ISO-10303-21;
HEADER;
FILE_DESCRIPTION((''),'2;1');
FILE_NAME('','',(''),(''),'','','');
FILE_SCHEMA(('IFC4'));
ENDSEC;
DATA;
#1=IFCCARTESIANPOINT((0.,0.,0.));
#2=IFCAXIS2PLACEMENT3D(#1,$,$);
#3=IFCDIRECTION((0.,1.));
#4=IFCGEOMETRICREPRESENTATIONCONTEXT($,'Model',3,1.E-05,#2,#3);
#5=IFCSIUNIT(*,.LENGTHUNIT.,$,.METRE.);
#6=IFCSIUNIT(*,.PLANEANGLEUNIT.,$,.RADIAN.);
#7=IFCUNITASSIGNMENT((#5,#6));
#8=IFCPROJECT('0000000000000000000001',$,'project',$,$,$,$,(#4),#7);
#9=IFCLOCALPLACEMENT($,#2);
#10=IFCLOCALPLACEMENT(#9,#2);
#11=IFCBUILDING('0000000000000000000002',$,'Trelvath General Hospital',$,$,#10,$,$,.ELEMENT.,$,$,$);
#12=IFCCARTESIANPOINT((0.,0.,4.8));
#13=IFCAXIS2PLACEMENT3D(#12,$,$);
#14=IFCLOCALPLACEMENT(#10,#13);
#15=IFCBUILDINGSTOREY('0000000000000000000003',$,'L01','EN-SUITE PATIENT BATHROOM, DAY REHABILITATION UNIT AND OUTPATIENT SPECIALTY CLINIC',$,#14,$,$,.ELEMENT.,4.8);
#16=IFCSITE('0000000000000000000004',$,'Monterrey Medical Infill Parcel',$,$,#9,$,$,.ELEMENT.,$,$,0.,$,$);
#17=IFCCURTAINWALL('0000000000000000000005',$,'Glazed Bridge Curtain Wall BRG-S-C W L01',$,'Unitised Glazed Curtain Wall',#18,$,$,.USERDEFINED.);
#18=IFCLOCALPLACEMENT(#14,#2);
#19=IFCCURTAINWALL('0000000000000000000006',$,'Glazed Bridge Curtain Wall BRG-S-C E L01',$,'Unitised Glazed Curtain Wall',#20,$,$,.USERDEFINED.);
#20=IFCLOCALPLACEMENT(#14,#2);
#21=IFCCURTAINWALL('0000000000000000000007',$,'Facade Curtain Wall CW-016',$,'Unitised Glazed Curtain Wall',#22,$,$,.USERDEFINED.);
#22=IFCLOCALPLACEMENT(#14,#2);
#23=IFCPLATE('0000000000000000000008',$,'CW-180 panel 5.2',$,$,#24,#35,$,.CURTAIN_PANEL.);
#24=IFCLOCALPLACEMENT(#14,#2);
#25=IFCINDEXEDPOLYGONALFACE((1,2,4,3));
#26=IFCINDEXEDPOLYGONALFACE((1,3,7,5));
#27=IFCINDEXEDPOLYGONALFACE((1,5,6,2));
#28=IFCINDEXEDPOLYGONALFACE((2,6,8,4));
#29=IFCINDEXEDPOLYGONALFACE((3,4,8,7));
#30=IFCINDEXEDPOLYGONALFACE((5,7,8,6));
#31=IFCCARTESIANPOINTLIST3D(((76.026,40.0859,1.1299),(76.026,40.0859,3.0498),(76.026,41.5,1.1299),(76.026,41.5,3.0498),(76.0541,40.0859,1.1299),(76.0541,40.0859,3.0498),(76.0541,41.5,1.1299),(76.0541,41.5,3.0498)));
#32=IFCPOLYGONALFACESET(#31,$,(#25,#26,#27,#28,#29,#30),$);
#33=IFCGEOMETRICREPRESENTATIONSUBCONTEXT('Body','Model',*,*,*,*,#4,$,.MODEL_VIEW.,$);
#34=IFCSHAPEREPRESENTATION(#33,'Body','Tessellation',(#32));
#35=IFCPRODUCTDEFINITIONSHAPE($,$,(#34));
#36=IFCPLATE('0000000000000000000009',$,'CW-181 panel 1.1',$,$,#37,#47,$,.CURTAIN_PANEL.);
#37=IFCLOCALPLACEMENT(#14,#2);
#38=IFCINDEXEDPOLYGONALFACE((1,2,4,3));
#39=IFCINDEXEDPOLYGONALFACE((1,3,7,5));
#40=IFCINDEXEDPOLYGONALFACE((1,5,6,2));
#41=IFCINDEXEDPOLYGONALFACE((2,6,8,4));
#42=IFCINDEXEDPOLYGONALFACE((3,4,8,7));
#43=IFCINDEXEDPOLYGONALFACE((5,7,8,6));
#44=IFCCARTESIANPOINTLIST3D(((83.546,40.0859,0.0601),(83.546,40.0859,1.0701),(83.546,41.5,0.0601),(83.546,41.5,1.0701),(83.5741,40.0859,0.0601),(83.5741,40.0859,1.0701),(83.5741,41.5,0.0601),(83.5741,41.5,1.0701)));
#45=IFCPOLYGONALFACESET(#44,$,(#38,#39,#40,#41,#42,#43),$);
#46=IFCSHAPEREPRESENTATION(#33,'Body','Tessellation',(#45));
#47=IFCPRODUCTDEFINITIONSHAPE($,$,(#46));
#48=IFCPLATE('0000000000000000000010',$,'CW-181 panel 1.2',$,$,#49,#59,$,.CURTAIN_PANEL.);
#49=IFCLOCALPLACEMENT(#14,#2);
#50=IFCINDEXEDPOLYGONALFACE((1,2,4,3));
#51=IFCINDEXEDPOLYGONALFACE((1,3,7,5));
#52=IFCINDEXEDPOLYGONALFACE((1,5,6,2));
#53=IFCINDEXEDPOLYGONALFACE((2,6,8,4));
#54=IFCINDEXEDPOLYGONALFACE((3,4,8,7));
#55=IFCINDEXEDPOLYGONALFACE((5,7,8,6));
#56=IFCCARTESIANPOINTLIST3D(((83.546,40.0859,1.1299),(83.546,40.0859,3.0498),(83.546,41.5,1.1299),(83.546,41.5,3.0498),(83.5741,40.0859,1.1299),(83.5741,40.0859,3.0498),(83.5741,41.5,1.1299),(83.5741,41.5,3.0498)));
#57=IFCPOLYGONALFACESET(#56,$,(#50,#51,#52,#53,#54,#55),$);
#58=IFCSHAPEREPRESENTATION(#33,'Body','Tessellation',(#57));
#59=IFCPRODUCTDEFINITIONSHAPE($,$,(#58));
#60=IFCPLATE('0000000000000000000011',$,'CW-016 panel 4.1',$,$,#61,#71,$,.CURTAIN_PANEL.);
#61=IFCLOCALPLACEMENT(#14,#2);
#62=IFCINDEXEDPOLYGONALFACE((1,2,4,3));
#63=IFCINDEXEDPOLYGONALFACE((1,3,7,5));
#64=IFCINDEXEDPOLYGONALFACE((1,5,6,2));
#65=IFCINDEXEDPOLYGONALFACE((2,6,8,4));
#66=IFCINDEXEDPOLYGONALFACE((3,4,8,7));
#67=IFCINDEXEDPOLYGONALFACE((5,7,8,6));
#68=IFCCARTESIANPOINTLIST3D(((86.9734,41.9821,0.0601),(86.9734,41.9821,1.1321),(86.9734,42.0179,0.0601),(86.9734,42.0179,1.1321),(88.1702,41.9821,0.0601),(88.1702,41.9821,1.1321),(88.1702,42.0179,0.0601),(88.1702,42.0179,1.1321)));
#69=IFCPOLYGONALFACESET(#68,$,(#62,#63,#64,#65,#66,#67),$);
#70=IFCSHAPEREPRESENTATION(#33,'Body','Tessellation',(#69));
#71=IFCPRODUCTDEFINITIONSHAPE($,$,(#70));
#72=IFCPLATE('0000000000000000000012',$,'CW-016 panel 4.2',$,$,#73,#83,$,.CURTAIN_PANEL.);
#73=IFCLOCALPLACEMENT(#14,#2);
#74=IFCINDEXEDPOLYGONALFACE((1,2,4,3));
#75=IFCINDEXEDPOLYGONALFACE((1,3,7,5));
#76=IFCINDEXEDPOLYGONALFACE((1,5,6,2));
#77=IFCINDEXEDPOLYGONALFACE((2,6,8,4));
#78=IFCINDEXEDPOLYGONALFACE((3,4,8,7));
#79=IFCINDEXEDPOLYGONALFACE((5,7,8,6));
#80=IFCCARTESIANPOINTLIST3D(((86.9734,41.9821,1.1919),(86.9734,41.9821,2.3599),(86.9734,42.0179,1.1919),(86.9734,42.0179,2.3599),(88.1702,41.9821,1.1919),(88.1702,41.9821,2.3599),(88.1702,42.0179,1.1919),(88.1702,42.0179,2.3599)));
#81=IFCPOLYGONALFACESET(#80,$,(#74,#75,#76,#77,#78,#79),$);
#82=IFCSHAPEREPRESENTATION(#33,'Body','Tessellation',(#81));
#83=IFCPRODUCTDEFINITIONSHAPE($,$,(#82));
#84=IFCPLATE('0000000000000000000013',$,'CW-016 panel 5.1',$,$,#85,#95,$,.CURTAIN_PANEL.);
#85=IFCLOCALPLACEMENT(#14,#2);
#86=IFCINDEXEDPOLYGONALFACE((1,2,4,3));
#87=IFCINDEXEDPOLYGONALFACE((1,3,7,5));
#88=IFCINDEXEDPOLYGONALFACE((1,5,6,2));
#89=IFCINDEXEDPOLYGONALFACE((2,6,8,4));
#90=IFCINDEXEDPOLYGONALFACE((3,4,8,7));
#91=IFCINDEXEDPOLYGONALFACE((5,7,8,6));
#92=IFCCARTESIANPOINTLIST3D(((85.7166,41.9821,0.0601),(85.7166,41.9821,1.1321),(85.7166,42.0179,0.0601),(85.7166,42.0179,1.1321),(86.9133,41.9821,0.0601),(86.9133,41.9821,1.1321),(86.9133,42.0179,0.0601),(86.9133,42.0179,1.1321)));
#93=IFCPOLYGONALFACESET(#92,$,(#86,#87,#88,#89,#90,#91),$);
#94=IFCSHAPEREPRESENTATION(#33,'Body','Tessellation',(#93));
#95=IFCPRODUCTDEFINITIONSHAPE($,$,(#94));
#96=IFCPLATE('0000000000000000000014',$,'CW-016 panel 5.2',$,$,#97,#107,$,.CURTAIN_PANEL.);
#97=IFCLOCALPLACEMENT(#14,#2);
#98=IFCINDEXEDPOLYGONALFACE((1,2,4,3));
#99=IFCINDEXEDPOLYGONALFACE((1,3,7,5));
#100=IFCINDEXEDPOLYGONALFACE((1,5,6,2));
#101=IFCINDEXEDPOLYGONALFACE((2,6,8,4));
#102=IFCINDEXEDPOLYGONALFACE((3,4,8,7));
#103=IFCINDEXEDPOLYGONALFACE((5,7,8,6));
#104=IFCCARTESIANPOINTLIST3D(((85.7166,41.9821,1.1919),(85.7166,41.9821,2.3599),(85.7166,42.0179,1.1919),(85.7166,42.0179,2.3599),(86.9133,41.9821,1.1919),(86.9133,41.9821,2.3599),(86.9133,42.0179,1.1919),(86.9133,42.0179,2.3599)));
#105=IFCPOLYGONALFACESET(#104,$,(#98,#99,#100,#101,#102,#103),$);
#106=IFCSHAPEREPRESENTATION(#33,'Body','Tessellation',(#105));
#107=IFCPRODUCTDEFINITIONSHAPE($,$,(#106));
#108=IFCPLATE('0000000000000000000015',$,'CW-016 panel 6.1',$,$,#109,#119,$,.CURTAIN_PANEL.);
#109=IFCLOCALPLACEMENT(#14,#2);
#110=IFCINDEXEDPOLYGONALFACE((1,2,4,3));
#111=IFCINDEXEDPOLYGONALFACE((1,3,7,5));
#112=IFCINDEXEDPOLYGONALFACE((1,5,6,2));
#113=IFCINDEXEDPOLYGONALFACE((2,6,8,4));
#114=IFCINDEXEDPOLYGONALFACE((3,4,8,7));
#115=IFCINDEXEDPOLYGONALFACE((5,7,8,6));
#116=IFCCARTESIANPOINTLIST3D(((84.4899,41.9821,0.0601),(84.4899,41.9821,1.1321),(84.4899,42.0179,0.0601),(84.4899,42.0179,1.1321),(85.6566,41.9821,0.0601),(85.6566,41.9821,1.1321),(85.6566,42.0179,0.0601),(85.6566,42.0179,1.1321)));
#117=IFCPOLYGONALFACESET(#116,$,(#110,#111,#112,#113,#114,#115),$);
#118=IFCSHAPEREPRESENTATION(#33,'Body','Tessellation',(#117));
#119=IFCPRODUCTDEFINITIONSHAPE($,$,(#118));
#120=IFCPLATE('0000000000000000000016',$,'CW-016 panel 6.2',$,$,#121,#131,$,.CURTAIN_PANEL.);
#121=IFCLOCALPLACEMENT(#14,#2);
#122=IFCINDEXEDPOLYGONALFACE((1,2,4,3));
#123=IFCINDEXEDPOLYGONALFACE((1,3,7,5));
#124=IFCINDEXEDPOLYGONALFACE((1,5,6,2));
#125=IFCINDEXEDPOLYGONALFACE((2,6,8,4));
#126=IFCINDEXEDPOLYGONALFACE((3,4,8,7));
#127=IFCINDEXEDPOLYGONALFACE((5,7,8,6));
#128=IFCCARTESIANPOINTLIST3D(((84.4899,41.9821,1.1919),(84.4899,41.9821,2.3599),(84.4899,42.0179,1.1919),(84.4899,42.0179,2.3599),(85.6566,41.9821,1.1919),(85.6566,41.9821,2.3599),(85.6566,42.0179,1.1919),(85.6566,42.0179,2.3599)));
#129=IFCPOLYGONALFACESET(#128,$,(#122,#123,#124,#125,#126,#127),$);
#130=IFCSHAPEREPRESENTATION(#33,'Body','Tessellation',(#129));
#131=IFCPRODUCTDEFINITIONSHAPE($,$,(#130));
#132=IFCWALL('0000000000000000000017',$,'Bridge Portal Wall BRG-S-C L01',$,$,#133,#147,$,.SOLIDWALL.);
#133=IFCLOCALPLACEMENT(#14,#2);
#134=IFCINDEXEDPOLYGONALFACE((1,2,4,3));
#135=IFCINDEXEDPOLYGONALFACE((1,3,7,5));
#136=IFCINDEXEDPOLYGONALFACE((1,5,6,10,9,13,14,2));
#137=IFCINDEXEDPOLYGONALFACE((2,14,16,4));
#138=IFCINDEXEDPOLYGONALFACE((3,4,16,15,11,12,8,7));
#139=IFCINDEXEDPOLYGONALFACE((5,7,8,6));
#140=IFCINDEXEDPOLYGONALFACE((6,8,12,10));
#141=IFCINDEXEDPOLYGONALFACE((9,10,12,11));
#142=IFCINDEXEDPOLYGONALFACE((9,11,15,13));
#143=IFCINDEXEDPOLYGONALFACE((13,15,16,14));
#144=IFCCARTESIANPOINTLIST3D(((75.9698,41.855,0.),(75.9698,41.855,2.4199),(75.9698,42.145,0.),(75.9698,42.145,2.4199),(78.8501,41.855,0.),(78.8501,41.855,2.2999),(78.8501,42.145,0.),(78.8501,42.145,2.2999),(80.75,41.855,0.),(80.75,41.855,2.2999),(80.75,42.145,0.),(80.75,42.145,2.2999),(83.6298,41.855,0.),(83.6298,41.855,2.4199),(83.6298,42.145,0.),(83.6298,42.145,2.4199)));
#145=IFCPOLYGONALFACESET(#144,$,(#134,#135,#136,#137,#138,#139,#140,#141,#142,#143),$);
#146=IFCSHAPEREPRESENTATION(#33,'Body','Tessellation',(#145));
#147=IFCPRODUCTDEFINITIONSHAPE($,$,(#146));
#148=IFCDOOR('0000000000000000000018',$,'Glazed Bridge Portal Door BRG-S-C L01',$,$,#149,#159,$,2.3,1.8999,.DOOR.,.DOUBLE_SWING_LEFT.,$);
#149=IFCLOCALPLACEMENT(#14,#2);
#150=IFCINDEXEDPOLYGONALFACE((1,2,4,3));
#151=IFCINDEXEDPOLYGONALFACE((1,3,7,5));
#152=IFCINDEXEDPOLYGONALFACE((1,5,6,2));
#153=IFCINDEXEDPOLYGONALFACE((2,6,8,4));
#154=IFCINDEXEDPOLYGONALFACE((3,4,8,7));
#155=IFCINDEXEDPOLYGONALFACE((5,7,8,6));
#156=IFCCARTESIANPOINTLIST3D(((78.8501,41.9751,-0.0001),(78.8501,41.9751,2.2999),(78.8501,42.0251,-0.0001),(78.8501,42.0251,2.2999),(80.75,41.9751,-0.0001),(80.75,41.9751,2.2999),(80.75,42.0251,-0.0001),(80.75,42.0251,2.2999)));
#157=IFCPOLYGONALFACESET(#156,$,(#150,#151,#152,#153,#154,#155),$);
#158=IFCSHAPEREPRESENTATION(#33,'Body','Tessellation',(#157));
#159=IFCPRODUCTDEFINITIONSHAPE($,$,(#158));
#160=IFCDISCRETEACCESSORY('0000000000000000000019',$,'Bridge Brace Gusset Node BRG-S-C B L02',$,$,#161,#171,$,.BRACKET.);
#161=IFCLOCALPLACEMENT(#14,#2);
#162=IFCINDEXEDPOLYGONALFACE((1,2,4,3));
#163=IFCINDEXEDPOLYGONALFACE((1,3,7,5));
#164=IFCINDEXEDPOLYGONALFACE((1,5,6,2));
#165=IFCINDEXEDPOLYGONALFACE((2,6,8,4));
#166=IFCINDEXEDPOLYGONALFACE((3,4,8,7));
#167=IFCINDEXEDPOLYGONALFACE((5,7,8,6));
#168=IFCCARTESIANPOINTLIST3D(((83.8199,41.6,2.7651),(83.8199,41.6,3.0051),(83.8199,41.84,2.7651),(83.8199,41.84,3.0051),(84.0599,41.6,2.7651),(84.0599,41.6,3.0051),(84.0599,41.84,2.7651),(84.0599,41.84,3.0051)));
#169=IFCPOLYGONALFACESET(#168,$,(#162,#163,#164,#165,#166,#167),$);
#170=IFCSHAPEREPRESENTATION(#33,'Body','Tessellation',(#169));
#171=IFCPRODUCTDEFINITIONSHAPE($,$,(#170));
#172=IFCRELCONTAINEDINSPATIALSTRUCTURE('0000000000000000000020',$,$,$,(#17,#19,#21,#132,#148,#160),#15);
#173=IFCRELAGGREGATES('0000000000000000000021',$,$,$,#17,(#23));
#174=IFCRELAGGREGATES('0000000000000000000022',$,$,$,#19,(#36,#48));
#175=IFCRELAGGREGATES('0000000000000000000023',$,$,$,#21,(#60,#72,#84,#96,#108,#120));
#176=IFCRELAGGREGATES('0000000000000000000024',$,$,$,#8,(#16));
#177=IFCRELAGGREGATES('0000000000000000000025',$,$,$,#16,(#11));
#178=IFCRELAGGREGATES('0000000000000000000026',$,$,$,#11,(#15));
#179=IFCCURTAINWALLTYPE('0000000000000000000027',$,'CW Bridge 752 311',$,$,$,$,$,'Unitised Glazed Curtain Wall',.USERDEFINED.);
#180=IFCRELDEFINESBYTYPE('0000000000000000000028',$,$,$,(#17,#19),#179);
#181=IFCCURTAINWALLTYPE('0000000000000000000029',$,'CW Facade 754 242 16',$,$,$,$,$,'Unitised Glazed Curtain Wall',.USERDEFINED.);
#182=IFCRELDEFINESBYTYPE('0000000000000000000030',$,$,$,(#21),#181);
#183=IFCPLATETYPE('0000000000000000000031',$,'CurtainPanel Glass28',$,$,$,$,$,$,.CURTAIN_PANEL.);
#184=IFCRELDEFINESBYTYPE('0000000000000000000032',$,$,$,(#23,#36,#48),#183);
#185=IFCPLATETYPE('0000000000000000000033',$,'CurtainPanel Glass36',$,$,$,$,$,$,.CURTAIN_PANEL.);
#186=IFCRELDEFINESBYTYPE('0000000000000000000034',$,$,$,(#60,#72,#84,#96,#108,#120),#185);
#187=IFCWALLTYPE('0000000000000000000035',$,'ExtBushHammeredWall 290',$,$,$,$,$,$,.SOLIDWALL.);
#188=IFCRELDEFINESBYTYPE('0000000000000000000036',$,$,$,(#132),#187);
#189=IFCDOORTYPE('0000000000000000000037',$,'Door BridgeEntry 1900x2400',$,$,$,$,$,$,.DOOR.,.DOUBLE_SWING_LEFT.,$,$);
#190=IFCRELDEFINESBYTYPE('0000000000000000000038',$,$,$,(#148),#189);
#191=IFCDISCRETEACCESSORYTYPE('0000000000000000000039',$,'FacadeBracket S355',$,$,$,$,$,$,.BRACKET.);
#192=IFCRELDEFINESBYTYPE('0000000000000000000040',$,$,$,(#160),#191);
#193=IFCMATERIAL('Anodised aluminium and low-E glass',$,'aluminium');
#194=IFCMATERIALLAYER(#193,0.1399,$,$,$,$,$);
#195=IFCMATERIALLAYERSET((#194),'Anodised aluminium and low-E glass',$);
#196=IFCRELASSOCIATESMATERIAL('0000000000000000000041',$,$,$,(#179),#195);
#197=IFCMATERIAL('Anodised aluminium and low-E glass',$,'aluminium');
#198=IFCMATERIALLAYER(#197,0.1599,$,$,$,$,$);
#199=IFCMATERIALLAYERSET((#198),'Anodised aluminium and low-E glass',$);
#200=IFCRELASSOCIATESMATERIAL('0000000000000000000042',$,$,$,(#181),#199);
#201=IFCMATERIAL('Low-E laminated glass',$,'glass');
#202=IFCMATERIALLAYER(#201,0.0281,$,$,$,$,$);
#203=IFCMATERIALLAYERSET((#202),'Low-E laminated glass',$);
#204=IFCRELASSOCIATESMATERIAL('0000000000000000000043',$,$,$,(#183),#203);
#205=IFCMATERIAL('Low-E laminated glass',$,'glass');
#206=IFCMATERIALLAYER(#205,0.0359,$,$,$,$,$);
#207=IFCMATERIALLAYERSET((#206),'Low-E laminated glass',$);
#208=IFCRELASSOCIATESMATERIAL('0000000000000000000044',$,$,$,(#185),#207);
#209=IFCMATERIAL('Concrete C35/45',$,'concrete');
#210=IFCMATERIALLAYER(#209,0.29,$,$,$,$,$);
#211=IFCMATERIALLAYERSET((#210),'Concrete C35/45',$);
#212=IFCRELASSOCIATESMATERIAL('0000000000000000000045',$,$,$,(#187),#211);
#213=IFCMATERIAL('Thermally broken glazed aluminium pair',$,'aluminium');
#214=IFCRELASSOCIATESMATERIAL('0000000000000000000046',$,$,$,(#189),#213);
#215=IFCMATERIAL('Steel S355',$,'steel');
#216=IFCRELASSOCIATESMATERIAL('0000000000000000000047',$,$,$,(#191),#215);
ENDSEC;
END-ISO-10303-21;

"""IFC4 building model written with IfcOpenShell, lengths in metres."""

from ifc_helpers import new_model, si_unit, direction, frame, frame_2d, origin, origin_2d, place, context, subcontext, project, spatial, rectangle, extrude, material, layer, layer_set, type_object, element, fill, aggregate, save


model = new_model("IFC4")

# Units and contexts
model_context = context("Model", 3, precision=1e-05, world=origin(), true_north=direction((0.0, 1.0)))
body_context = subcontext(model_context, "Body", "Model", "MODEL_VIEW")
ifc_project = project(units=[si_unit("LENGTHUNIT", "METRE"), si_unit("PLANEANGLEUNIT", "RADIAN")], contexts=[model_context])

# Site, building, storey
site_placement = place(None, origin())
site = spatial("IfcSite", under=ifc_project, at=site_placement, Name="Monterrey Medical Infill Parcel", CompositionType="ELEMENT", RefElevation=0.0)
building_placement = place(site_placement, origin())
building = spatial("IfcBuilding", under=site, at=building_placement, Name="Trelvath General Hospital", CompositionType="ELEMENT")
storey_placement = place(building_placement, frame((0.0, 0.0, 4.8)))
storey = spatial("IfcBuildingStorey", under=building, at=storey_placement, Name="L01", Description="EN-SUITE PATIENT BATHROOM, DAY REHABILITATION UNIT AND OUTPATIENT SPECIALTY CLINIC", CompositionType="ELEMENT", Elevation=4.8)

# Curtain walls
ifc_material_1 = material(Name="Anodised aluminium and low-E glass", Category="aluminium")
ifc_layer_1 = layer(ifc_material_1, 0.1399)
ifc_layer_set_1 = layer_set([ifc_layer_1], Name="Anodised aluminium and low-E glass")
curtain_wall_type_1 = type_object("IfcCurtainWallType", Name="CW Bridge 752 311", ElementType="Unitised Glazed Curtain Wall", PredefinedType="USERDEFINED", material=ifc_layer_set_1)
curtain_wall_1_placement = place(storey_placement, origin())
curtain_wall_1 = element("IfcCurtainWall", 1, at=curtain_wall_1_placement, inside=storey, type_object=curtain_wall_type_1, Name="Glazed Bridge Curtain Wall BRG-S-C W L01", ObjectType="Unitised Glazed Curtain Wall", PredefinedType="USERDEFINED")
curtain_wall_2_placement = place(storey_placement, origin())
curtain_wall_2 = element("IfcCurtainWall", 2, at=curtain_wall_2_placement, inside=storey, type_object=curtain_wall_type_1, Name="Glazed Bridge Curtain Wall BRG-S-C E L01", ObjectType="Unitised Glazed Curtain Wall", PredefinedType="USERDEFINED")

# Curtain wall
ifc_material_2 = material(Name="Anodised aluminium and low-E glass", Category="aluminium")
ifc_layer_2 = layer(ifc_material_2, 0.1599)
ifc_layer_set_2 = layer_set([ifc_layer_2], Name="Anodised aluminium and low-E glass")
curtain_wall_type_2 = type_object("IfcCurtainWallType", Name="CW Facade 754 242 16", ElementType="Unitised Glazed Curtain Wall", PredefinedType="USERDEFINED", material=ifc_layer_set_2)
curtain_wall_3_placement = place(storey_placement, origin())
curtain_wall_3 = element("IfcCurtainWall", 3, at=curtain_wall_3_placement, inside=storey, type_object=curtain_wall_type_2, Name="Facade Curtain Wall CW-016", ObjectType="Unitised Glazed Curtain Wall", PredefinedType="USERDEFINED")

# Plates
ifc_material_3 = material(Name="Low-E laminated glass", Category="glass")
ifc_layer_3 = layer(ifc_material_3, 0.0281)
ifc_layer_set_3 = layer_set([ifc_layer_3], Name="Low-E laminated glass")
plate_type_1 = type_object("IfcPlateType", Name="CurtainPanel Glass28", PredefinedType="CURTAIN_PANEL", material=ifc_layer_set_3)
plate_1_placement = place(storey_placement, frame((76.04, 40.793, 1.1299), z_axis=(0.0, 0.0, 1.0), x_axis=(0.0, 1.0, 0.0)))
plate_1 = element("IfcPlate", 4, at=plate_1_placement, type_object=plate_type_1, Name="CW-180 panel 5.2", PredefinedType="CURTAIN_PANEL", context=body_context, shape_type="SweptSolid", body=[
    extrude(rectangle(XDim=1.4141, YDim=0.0281, at=origin_2d()), origin(), (0.0, 0.0, 1.0), 1.9199),
])
aggregate(curtain_wall_1, [plate_1])
plate_2_placement = place(storey_placement, frame((83.5601, 40.793, 0.0601), z_axis=(0.0, 0.0, 1.0), x_axis=(0.0, -1.0, 0.0)))
plate_2 = element("IfcPlate", 5, at=plate_2_placement, type_object=plate_type_1, Name="CW-181 panel 1.1", PredefinedType="CURTAIN_PANEL", context=body_context, shape_type="SweptSolid", body=[
    extrude(rectangle(XDim=1.4141, YDim=0.0281, at=origin_2d()), origin(), (0.0, 0.0, 1.0), 1.01),
])
plate_3_placement = place(storey_placement, frame((83.5601, 40.793, 1.1299), z_axis=(0.0, 0.0, 1.0), x_axis=(0.0, -1.0, 0.0)))
plate_3 = element("IfcPlate", 6, at=plate_3_placement, type_object=plate_type_1, Name="CW-181 panel 1.2", PredefinedType="CURTAIN_PANEL", context=body_context, shape_type="SweptSolid", body=[
    extrude(rectangle(XDim=1.4141, YDim=0.0281, at=origin_2d()), origin(), (0.0, 0.0, 1.0), 1.9199),
])
aggregate(curtain_wall_2, [plate_2, plate_3])
ifc_material_4 = material(Name="Low-E laminated glass", Category="glass")
ifc_layer_4 = layer(ifc_material_4, 0.0359)
ifc_layer_set_4 = layer_set([ifc_layer_4], Name="Low-E laminated glass")
plate_type_2 = type_object("IfcPlateType", Name="CurtainPanel Glass36", PredefinedType="CURTAIN_PANEL", material=ifc_layer_set_4)
plate_4_placement = place(storey_placement, frame((87.5718, 42.0, 0.0601), z_axis=(0.0, 0.0, 1.0), x_axis=(-1.0, 0.0, 0.0)))
plate_4 = element("IfcPlate", 7, at=plate_4_placement, type_object=plate_type_2, Name="CW-016 panel 4.1", PredefinedType="CURTAIN_PANEL", context=body_context, shape_type="SweptSolid", body=[
    extrude(rectangle(XDim=1.1968, YDim=0.0359, at=origin_2d()), origin(), (0.0, 0.0, 1.0), 1.072),
])
plate_5_placement = place(storey_placement, frame((87.5718, 42.0, 1.1919), z_axis=(0.0, 0.0, 1.0), x_axis=(-1.0, 0.0, 0.0)))
plate_5 = element("IfcPlate", 8, at=plate_5_placement, type_object=plate_type_2, Name="CW-016 panel 4.2", PredefinedType="CURTAIN_PANEL", context=body_context, shape_type="SweptSolid", body=[
    extrude(rectangle(XDim=1.1968, YDim=0.0359, at=origin_2d()), origin(), (0.0, 0.0, 1.0), 1.168),
])
plate_6_placement = place(storey_placement, frame((86.3149, 42.0, 0.0601), z_axis=(0.0, 0.0, 1.0), x_axis=(-1.0, 0.0, 0.0)))
plate_6 = element("IfcPlate", 9, at=plate_6_placement, type_object=plate_type_2, Name="CW-016 panel 5.1", PredefinedType="CURTAIN_PANEL", context=body_context, shape_type="SweptSolid", body=[
    extrude(rectangle(XDim=1.1968, YDim=0.0359, at=origin_2d()), origin(), (0.0, 0.0, 1.0), 1.072),
])
plate_7_placement = place(storey_placement, frame((86.3149, 42.0, 1.1919), z_axis=(0.0, 0.0, 1.0), x_axis=(-1.0, 0.0, 0.0)))
plate_7 = element("IfcPlate", 10, at=plate_7_placement, type_object=plate_type_2, Name="CW-016 panel 5.2", PredefinedType="CURTAIN_PANEL", context=body_context, shape_type="SweptSolid", body=[
    extrude(rectangle(XDim=1.1968, YDim=0.0359, at=origin_2d()), origin(), (0.0, 0.0, 1.0), 1.168),
])
plate_8_placement = place(storey_placement, frame((85.0732, 42.0, 0.0601), z_axis=(0.0, 0.0, 1.0), x_axis=(-1.0, 0.0, 0.0)))
plate_8 = element("IfcPlate", 11, at=plate_8_placement, type_object=plate_type_2, Name="CW-016 panel 6.1", PredefinedType="CURTAIN_PANEL", context=body_context, shape_type="SweptSolid", body=[
    extrude(rectangle(XDim=1.1667, YDim=0.0359, at=origin_2d()), origin(), (0.0, 0.0, 1.0), 1.072),
])
plate_9_placement = place(storey_placement, frame((85.0732, 42.0, 1.1919), z_axis=(0.0, 0.0, 1.0), x_axis=(-1.0, 0.0, 0.0)))
plate_9 = element("IfcPlate", 12, at=plate_9_placement, type_object=plate_type_2, Name="CW-016 panel 6.2", PredefinedType="CURTAIN_PANEL", context=body_context, shape_type="SweptSolid", body=[
    extrude(rectangle(XDim=1.1667, YDim=0.0359, at=origin_2d()), origin(), (0.0, 0.0, 1.0), 1.168),
])
aggregate(curtain_wall_3, [plate_4, plate_5, plate_6, plate_7, plate_8, plate_9])

# Wall, opening, door
ifc_material_5 = material(Name="Concrete C35/45", Category="concrete")
ifc_layer_5 = layer(ifc_material_5, 0.29)
ifc_layer_set_5 = layer_set([ifc_layer_5], Name="Concrete C35/45")
wall_type = type_object("IfcWallType", Name="ExtBushHammeredWall 290", PredefinedType="SOLIDWALL", material=ifc_layer_set_5)
wall_placement = place(storey_placement, frame((83.6299, 42.0, 0.0), z_axis=(0.0, 0.0, 1.0), x_axis=(-1.0, 0.0, 0.0)))
wall = element("IfcWall", 13, at=wall_placement, inside=storey, type_object=wall_type, Name="Bridge Portal Wall BRG-S-C L01", PredefinedType="SOLIDWALL", context=body_context, shape_type="SweptSolid", body=[
    extrude(rectangle(XDim=7.6599, YDim=0.29, at=frame_2d((3.8301, 0.0))), origin(), (0.0, 0.0, 1.0), 2.4199),
])
opening_placement = place(wall_placement, frame((2.8799, 0.0, 0.0)))
opening = element("IfcOpeningElement", 14, at=opening_placement, cuts=wall, PredefinedType="OPENING", context=body_context, shape_type="SweptSolid", body=[
    extrude(rectangle(XDim=1.8999, YDim=2.3, at=frame_2d((0.95, 1.1499))), frame((0.0, 0.155, 0.0), z_axis=(0.0, -1.0, 0.0), x_axis=(1.0, 0.0, 0.0)), (0.0, 0.0, 1.0), 0.3101),
])
ifc_material_6 = material(Name="Thermally broken glazed aluminium pair", Category="aluminium")
door_type = type_object("IfcDoorType", Name="Door BridgeEntry 1900x2400", OperationType="DOUBLE_SWING_LEFT", PredefinedType="DOOR", material=ifc_material_6)
door_placement = place(opening_placement, origin())
door = element("IfcDoor", 15, at=door_placement, inside=storey, type_object=door_type, Name="Glazed Bridge Portal Door BRG-S-C L01", OperationType="DOUBLE_SWING_LEFT", OverallHeight=2.3, OverallWidth=1.8999, PredefinedType="DOOR", context=body_context, shape_type="SweptSolid", body=[
    extrude(rectangle(XDim=1.8999, YDim=2.3, at=frame_2d((0.95, 1.1499))), frame((0.0, 0.0249, 0.0), z_axis=(0.0, -1.0, 0.0), x_axis=(1.0, 0.0, 0.0)), (0.0, 0.0, 1.0), 0.05),
])
fill(opening, door)

# Discrete accessory
ifc_material_7 = material(Name="Steel S355", Category="steel")
discrete_accessory_type = type_object("IfcDiscreteAccessoryType", Name="FacadeBracket S355", PredefinedType="BRACKET", material=ifc_material_7)
discrete_accessory_placement = place(storey_placement, frame((83.9399, 41.72, 2.7651), z_axis=(0.0, 0.0, 1.0), x_axis=(1.0, 0.0, 0.0)))
element("IfcDiscreteAccessory", 16, at=discrete_accessory_placement, inside=storey, type_object=discrete_accessory_type, Name="Bridge Brace Gusset Node BRG-S-C B L02", PredefinedType="BRACKET", context=body_context, shape_type="SweptSolid", body=[
    extrude(rectangle(XDim=0.24, YDim=0.24, at=origin_2d()), origin(), (0.0, 0.0, 1.0), 0.24),
])

save(model, "model.ifc")
